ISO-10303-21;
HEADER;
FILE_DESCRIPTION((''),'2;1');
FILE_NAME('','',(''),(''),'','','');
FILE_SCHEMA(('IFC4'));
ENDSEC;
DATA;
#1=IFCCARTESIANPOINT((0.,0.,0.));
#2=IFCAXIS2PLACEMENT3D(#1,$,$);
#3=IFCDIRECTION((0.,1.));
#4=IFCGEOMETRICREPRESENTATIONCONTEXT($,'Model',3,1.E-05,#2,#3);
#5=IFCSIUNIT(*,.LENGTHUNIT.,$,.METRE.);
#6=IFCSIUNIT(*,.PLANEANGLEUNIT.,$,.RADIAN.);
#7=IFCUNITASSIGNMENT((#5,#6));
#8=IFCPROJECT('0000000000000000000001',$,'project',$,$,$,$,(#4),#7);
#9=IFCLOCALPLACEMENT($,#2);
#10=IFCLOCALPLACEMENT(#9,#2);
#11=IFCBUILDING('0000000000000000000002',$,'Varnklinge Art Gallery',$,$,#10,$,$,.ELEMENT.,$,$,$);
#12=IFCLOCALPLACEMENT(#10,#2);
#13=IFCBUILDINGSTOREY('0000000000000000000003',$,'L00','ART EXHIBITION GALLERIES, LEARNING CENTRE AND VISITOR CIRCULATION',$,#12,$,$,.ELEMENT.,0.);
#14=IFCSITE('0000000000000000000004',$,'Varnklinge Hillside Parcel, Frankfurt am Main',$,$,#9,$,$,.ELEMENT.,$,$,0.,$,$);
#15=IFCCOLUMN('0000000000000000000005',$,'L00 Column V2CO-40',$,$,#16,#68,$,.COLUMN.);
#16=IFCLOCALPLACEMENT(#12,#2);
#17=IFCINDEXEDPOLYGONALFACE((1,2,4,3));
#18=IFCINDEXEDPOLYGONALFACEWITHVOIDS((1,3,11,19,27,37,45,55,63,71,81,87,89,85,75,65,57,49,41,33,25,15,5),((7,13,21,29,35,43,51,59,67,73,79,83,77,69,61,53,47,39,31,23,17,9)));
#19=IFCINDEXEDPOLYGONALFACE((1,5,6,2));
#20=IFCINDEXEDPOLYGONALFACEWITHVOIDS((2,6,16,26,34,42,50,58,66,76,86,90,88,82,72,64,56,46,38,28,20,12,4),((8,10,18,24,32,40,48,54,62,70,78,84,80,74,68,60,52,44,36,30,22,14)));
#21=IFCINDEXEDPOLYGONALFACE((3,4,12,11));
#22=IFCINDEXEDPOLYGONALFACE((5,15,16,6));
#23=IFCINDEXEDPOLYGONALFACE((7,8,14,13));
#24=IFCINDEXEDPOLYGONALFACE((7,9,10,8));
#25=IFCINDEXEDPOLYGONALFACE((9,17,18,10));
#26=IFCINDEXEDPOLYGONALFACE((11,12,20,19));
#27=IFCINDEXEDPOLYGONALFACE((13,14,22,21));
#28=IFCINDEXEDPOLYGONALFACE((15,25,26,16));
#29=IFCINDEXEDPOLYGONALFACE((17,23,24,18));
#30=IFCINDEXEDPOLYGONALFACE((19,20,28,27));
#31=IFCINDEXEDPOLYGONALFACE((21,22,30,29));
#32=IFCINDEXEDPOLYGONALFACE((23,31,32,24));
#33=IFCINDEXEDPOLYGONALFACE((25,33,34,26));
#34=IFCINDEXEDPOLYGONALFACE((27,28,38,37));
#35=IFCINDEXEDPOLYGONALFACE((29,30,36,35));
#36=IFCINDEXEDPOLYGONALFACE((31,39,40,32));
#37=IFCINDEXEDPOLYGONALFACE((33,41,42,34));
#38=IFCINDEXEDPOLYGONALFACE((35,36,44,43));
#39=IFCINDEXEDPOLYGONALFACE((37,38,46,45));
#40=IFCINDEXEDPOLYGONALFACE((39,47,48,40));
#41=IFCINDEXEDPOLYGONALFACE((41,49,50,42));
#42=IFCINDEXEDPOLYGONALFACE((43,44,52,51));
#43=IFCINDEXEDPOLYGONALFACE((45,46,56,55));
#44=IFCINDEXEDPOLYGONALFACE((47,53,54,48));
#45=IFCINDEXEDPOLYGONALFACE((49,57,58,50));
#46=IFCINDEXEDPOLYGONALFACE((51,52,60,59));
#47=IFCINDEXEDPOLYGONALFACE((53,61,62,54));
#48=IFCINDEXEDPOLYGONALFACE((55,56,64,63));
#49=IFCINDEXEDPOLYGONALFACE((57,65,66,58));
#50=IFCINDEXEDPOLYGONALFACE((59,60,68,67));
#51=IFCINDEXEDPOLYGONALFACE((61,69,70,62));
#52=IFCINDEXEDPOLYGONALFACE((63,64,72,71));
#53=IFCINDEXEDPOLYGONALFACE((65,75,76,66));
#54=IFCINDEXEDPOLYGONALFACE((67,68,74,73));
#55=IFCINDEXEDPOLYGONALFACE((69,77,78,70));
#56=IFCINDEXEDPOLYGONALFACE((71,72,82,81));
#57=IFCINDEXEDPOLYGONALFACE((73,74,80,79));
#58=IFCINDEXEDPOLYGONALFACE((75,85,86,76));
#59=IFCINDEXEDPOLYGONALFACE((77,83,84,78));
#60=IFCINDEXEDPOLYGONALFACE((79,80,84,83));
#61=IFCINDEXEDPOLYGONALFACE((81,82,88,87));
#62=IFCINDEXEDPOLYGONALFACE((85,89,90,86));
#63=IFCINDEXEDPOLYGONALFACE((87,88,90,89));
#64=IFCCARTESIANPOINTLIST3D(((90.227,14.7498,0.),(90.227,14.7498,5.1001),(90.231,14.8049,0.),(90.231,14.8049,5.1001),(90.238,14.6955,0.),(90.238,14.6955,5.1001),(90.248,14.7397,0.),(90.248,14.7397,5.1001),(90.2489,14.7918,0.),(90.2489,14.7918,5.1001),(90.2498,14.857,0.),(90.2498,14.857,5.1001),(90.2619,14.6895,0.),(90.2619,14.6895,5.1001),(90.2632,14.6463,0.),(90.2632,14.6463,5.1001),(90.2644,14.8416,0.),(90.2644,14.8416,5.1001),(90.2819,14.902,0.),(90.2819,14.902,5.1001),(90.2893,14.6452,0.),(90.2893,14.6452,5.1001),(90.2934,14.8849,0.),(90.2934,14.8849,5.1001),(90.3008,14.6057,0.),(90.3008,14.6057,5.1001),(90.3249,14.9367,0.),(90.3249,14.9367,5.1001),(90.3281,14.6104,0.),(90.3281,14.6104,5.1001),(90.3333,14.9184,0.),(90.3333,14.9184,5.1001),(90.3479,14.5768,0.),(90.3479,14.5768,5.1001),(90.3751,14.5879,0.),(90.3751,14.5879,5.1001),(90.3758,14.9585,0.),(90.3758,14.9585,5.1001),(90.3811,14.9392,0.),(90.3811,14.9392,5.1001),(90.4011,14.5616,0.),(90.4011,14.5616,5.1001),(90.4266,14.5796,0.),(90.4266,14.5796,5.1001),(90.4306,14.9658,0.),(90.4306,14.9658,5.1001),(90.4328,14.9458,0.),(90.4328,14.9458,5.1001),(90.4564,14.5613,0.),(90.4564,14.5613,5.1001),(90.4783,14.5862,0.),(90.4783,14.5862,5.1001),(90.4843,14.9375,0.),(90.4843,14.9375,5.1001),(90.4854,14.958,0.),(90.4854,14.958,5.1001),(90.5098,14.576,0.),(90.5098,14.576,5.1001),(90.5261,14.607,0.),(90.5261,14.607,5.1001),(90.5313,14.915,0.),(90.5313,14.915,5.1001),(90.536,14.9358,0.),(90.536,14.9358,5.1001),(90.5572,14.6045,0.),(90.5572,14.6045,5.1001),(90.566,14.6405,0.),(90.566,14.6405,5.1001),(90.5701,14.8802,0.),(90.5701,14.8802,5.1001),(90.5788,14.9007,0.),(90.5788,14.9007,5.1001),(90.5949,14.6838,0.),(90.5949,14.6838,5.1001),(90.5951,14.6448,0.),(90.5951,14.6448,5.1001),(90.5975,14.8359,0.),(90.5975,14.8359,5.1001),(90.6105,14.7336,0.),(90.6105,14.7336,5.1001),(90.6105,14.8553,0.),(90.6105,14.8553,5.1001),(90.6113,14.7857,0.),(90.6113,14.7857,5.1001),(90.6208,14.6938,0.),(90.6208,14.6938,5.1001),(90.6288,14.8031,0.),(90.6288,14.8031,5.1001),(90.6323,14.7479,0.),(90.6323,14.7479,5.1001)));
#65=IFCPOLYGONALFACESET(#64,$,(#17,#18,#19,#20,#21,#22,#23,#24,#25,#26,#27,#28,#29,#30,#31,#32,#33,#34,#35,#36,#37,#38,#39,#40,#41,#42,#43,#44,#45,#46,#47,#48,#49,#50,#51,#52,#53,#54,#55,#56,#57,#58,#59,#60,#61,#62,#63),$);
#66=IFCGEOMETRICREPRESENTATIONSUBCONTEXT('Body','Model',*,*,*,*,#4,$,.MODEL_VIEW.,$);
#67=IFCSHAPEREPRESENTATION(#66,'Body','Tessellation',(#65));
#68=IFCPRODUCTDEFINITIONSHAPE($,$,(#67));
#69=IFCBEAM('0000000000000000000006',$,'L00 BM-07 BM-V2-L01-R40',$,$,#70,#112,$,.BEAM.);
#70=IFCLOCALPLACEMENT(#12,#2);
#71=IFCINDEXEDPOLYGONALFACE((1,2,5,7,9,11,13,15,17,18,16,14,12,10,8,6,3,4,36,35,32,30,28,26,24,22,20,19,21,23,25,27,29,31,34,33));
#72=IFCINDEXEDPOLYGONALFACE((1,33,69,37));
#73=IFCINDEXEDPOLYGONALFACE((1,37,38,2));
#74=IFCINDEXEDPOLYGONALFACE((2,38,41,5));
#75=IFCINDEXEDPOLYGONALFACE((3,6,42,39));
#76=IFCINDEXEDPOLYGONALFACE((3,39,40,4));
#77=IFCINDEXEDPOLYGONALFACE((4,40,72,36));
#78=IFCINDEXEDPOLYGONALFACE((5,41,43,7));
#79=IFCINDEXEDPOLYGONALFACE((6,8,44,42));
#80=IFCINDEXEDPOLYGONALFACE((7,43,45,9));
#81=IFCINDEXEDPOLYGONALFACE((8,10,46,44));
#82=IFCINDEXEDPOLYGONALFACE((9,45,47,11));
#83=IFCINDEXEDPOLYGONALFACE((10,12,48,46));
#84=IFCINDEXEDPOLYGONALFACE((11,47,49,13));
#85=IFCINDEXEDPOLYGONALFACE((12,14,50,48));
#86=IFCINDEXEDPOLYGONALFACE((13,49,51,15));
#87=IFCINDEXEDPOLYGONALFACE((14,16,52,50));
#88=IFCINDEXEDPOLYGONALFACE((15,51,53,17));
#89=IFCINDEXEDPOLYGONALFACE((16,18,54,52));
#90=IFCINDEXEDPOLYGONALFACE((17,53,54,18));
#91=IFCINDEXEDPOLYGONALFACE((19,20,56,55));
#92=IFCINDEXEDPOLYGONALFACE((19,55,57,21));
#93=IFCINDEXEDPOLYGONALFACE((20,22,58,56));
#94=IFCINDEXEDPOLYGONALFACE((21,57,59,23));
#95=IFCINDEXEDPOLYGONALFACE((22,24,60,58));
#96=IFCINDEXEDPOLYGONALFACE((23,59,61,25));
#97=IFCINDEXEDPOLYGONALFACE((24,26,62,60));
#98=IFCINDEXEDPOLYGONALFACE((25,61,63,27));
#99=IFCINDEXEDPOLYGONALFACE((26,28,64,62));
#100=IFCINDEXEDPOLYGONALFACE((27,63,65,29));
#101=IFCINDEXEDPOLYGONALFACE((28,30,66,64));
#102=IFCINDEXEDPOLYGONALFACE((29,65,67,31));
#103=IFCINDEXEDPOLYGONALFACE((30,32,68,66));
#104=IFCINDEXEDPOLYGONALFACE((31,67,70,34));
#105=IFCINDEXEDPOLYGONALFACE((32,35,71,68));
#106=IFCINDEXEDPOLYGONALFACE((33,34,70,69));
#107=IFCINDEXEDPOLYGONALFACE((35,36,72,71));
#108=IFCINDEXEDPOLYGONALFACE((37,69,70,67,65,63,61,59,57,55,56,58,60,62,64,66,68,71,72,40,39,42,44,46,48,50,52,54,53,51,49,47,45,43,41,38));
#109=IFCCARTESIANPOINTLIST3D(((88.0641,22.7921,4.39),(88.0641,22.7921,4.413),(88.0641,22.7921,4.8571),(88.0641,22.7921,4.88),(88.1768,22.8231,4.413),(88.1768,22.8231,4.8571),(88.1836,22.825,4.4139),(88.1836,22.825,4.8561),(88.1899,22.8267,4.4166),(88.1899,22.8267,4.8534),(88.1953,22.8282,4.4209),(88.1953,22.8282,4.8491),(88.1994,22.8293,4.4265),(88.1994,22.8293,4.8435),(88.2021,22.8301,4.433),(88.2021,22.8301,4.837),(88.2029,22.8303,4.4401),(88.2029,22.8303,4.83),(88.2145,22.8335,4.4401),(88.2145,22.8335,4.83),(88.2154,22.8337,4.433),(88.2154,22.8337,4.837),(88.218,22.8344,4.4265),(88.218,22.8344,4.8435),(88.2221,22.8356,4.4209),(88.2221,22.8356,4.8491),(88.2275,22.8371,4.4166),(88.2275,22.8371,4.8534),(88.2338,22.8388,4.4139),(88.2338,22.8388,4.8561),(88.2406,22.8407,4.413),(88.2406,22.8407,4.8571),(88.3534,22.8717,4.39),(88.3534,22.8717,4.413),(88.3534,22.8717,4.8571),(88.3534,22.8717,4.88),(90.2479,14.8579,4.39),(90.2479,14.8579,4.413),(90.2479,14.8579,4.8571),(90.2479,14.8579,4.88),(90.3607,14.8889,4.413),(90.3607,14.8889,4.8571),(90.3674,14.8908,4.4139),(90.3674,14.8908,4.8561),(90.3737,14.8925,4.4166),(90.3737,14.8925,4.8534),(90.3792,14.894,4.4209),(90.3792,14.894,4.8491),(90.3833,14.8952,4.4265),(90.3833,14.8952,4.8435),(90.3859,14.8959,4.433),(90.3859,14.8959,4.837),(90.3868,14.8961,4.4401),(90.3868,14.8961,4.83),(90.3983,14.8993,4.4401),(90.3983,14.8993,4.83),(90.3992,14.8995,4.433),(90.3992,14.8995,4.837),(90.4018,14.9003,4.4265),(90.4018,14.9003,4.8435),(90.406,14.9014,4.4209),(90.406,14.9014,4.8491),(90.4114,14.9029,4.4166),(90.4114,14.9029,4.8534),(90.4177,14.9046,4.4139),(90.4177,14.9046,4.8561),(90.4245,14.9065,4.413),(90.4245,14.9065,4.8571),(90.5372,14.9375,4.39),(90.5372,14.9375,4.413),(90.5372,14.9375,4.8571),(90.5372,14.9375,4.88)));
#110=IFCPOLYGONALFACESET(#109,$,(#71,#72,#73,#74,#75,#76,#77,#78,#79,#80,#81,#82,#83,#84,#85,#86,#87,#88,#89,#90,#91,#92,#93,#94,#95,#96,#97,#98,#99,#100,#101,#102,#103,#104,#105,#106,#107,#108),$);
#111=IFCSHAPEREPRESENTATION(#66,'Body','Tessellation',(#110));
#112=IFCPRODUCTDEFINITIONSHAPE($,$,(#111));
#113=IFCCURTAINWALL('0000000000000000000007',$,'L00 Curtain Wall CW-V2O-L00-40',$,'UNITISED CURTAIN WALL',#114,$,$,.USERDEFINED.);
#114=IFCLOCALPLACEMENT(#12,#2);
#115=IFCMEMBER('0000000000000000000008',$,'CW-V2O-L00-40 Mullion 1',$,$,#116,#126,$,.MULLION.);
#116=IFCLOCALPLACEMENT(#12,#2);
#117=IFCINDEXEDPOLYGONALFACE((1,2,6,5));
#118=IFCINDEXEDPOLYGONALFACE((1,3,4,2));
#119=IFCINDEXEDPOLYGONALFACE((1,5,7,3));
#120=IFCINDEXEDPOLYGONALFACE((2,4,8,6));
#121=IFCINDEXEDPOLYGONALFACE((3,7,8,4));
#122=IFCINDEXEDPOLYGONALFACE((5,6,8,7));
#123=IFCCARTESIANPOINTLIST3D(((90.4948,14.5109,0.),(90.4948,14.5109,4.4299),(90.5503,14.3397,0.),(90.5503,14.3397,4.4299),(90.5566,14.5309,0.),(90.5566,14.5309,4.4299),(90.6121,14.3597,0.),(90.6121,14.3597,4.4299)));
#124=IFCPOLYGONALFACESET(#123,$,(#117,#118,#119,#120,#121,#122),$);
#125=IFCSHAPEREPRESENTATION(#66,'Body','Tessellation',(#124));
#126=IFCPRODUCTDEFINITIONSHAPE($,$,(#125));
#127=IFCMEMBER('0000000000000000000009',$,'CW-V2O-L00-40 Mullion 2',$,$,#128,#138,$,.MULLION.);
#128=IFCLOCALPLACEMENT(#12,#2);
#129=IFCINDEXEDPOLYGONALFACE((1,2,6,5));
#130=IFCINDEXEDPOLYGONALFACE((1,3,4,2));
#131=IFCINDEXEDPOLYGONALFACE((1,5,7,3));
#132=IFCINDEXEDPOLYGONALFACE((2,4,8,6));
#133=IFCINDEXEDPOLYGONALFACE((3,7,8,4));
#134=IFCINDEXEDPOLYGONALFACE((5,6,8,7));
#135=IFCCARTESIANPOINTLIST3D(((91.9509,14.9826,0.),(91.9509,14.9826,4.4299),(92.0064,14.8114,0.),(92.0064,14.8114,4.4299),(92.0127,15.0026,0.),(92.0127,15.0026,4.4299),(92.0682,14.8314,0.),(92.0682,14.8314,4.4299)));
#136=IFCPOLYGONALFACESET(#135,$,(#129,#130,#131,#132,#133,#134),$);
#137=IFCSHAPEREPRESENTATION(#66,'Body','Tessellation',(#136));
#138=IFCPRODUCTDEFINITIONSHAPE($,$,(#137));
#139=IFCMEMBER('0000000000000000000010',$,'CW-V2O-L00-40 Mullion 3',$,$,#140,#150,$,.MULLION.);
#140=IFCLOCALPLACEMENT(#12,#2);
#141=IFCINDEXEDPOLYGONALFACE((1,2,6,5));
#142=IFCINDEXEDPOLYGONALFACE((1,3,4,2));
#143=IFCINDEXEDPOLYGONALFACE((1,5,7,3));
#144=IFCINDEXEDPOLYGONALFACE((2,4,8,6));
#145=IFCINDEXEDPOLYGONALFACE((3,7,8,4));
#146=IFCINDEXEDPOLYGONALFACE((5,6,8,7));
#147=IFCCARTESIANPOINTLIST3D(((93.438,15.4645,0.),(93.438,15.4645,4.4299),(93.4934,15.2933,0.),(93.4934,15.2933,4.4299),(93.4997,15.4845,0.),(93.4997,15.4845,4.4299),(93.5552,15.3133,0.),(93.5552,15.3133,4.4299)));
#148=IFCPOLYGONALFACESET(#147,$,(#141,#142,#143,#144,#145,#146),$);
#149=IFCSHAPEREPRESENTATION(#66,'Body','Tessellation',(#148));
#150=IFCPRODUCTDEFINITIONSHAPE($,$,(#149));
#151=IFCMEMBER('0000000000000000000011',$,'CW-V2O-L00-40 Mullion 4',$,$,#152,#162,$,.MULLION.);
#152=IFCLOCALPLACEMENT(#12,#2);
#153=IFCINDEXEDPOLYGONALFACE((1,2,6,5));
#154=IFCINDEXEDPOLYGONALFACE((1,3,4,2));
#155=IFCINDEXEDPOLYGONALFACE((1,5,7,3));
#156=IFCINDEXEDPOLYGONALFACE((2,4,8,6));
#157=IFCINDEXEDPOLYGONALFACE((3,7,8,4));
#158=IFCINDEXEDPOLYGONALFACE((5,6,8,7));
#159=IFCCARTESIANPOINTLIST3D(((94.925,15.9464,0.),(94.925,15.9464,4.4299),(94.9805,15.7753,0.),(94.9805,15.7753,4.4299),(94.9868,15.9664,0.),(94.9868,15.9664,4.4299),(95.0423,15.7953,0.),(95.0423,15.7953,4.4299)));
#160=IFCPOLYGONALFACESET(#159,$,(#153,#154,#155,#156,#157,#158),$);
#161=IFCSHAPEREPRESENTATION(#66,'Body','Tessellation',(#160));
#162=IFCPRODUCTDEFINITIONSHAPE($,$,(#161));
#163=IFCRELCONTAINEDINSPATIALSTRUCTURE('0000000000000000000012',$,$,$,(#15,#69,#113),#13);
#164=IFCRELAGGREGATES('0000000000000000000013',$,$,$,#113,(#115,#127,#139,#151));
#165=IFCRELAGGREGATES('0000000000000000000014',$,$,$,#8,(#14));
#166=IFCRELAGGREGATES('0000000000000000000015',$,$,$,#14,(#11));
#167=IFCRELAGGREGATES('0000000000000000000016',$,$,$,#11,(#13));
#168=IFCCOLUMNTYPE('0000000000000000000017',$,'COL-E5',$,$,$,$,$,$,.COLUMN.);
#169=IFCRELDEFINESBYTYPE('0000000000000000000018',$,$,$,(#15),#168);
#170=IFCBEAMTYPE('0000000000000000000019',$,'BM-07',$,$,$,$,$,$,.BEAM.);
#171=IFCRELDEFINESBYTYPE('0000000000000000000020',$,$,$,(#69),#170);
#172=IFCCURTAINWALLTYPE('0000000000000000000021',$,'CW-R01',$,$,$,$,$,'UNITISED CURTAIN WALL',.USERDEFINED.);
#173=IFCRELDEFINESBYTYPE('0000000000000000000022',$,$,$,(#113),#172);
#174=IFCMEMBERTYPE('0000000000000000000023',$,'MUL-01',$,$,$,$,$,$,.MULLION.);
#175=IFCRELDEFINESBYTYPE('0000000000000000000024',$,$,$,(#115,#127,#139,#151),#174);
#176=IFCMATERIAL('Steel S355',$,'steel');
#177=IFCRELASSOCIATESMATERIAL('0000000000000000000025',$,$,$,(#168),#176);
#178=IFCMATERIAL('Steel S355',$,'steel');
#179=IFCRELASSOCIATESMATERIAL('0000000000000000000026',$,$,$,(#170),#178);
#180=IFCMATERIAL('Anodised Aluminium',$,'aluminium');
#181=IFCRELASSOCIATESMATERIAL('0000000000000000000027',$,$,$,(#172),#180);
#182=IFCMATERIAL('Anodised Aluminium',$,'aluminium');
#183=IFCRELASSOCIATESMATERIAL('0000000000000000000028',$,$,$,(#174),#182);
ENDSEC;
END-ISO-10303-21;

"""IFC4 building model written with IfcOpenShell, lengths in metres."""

from ifc_helpers import new_model, si_unit, direction, frame, origin, origin_2d, place, context, subcontext, project, spatial, rectangle, hollow_circle, i_section, extrude, material, material_profile, profile_set, type_object, element, aggregate, save


model = new_model("IFC4")

# Units and contexts
model_context = context("Model", 3, precision=1e-05, world=origin(), true_north=direction((0.0, 1.0)))
body_context = subcontext(model_context, "Body", "Model", "MODEL_VIEW")
ifc_project = project(units=[si_unit("LENGTHUNIT", "METRE"), si_unit("PLANEANGLEUNIT", "RADIAN")], contexts=[model_context])

# Site, building, storey
site_placement = place(None, origin())
site = spatial("IfcSite", under=ifc_project, at=site_placement, Name="Varnklinge Hillside Parcel, Frankfurt am Main", CompositionType="ELEMENT", RefElevation=0.0)
building_placement = place(site_placement, origin())
building = spatial("IfcBuilding", under=site, at=building_placement, Name="Varnklinge Art Gallery", CompositionType="ELEMENT")
storey_placement = place(building_placement, origin())
storey = spatial("IfcBuildingStorey", under=building, at=storey_placement, Name="L00", Description="ART EXHIBITION GALLERIES, LEARNING CENTRE AND VISITOR CIRCULATION", CompositionType="ELEMENT", Elevation=0.0)

# Column
ifc_material_1 = material(Name="Steel S355", Category="steel")
ifc_material_profile_1 = material_profile(ifc_material_1, hollow_circle(Radius=0.2031, WallThickness=0.02, at=origin_2d()), Name="CHS 406.4x20")
ifc_profile_set_1 = profile_set([ifc_material_profile_1], Name="Steel S355")
column_type = type_object("IfcColumnType", Name="COL-E5", PredefinedType="COLUMN", material=ifc_profile_set_1)
column_placement = place(storey_placement, frame((90.4297, 14.7627, 0.0), z_axis=(0.0, 0.0, 1.0), x_axis=(-0.265388, 0.964142, 0.0)))
element("IfcColumn", 1, at=column_placement, inside=storey, type_object=column_type, Name="L00 Column V2CO-40", PredefinedType="COLUMN", context=body_context, shape_type="SweptSolid", body=[
    extrude(hollow_circle(Radius=0.2031, WallThickness=0.02, at=origin_2d()), origin(), (0.0, 0.0, 1.0), 5.1001),
])

# Beam
ifc_material_2 = material(Name="Steel S355", Category="steel")
ifc_material_profile_2 = material_profile(ifc_material_2, i_section(OverallWidth=0.3, OverallDepth=0.49, WebThickness=0.012, FlangeThickness=0.0229, FilletRadius=0.0271, at=origin_2d()), Name="HEA 500")
ifc_profile_set_2 = profile_set([ifc_material_profile_2], Name="Steel S355")
beam_type_1 = type_object("IfcBeamType", Name="BM-07", PredefinedType="BEAM", material=ifc_profile_set_2)
beam_1_placement = place(storey_placement, frame((90.3926, 14.8977, 4.635), z_axis=(-0.265379, 0.964144, 0.0), x_axis=(-0.964144, -0.265379, 0.0)))
element("IfcBeam", 2, at=beam_1_placement, inside=storey, type_object=beam_type_1, Name="L00 BM-07 BM-V2-L01-R40", PredefinedType="BEAM", context=body_context, shape_type="SweptSolid", body=[
    extrude(i_section(OverallWidth=0.3, OverallDepth=0.49, WebThickness=0.012, FlangeThickness=0.0229, FilletRadius=0.0271, at=origin_2d()), origin(), (0.0, 0.0, 1.0), 8.2292),
])

# Curtain wall, members
ifc_material_3 = material(Name="Anodised Aluminium", Category="aluminium")
curtain_wall_type = type_object("IfcCurtainWallType", Name="CW-R01", ElementType="UNITISED CURTAIN WALL", PredefinedType="USERDEFINED", material=ifc_material_3)
curtain_wall_placement = place(storey_placement, origin())
curtain_wall = element("IfcCurtainWall", 3, at=curtain_wall_placement, inside=storey, type_object=curtain_wall_type, Name="L00 Curtain Wall CW-V2O-L00-40", ObjectType="UNITISED CURTAIN WALL", PredefinedType="USERDEFINED")
ifc_material_4 = material(Name="Anodised Aluminium", Category="aluminium")
ifc_material_profile_3 = material_profile(ifc_material_4, rectangle(XDim=0.0649, YDim=0.1799, at=origin_2d()), Name="ALU 65x180")
ifc_profile_set_3 = profile_set([ifc_material_profile_3], Name="Anodised Aluminium")
member_type_1 = type_object("IfcMemberType", Name="MUL-01", PredefinedType="MULLION", material=ifc_profile_set_3)
member_1_placement = place(storey_placement, frame((90.5535, 14.4353, 0.0), z_axis=(0.0, 0.0, 1.0), x_axis=(0.951272, 0.308353, 0.0)))
member_1 = element("IfcMember", 4, at=member_1_placement, type_object=member_type_1, Name="CW-V2O-L00-40 Mullion 1", PredefinedType="MULLION", context=body_context, shape_type="SweptSolid", body=[
    extrude(rectangle(XDim=0.0649, YDim=0.1799, at=origin_2d()), origin(), (0.0, 0.0, 1.0), 4.4299),
])
member_2_placement = place(storey_placement, frame((92.0095, 14.907, 0.0), z_axis=(0.0, 0.0, 1.0), x_axis=(0.951272, 0.308353, 0.0)))
member_2 = element("IfcMember", 5, at=member_2_placement, type_object=member_type_1, Name="CW-V2O-L00-40 Mullion 2", PredefinedType="MULLION", context=body_context, shape_type="SweptSolid", body=[
    extrude(rectangle(XDim=0.0649, YDim=0.1799, at=origin_2d()), origin(), (0.0, 0.0, 1.0), 4.4299),
])
member_3_placement = place(storey_placement, frame((93.4966, 15.3889, 0.0), z_axis=(0.0, 0.0, 1.0), x_axis=(0.951272, 0.308353, 0.0)))
member_3 = element("IfcMember", 6, at=member_3_placement, type_object=member_type_1, Name="CW-V2O-L00-40 Mullion 3", PredefinedType="MULLION", context=body_context, shape_type="SweptSolid", body=[
    extrude(rectangle(XDim=0.0649, YDim=0.1799, at=origin_2d()), origin(), (0.0, 0.0, 1.0), 4.4299),
])
member_4_placement = place(storey_placement, frame((94.9836, 15.8708, 0.0), z_axis=(0.0, 0.0, 1.0), x_axis=(0.951272, 0.308353, 0.0)))
member_4 = element("IfcMember", 7, at=member_4_placement, type_object=member_type_1, Name="CW-V2O-L00-40 Mullion 4", PredefinedType="MULLION", context=body_context, shape_type="SweptSolid", body=[
    extrude(rectangle(XDim=0.0649, YDim=0.1799, at=origin_2d()), origin(), (0.0, 0.0, 1.0), 4.4299),
])

aggregate(curtain_wall, [member_1, member_2, member_3, member_4])

save(model, "model.ifc")
